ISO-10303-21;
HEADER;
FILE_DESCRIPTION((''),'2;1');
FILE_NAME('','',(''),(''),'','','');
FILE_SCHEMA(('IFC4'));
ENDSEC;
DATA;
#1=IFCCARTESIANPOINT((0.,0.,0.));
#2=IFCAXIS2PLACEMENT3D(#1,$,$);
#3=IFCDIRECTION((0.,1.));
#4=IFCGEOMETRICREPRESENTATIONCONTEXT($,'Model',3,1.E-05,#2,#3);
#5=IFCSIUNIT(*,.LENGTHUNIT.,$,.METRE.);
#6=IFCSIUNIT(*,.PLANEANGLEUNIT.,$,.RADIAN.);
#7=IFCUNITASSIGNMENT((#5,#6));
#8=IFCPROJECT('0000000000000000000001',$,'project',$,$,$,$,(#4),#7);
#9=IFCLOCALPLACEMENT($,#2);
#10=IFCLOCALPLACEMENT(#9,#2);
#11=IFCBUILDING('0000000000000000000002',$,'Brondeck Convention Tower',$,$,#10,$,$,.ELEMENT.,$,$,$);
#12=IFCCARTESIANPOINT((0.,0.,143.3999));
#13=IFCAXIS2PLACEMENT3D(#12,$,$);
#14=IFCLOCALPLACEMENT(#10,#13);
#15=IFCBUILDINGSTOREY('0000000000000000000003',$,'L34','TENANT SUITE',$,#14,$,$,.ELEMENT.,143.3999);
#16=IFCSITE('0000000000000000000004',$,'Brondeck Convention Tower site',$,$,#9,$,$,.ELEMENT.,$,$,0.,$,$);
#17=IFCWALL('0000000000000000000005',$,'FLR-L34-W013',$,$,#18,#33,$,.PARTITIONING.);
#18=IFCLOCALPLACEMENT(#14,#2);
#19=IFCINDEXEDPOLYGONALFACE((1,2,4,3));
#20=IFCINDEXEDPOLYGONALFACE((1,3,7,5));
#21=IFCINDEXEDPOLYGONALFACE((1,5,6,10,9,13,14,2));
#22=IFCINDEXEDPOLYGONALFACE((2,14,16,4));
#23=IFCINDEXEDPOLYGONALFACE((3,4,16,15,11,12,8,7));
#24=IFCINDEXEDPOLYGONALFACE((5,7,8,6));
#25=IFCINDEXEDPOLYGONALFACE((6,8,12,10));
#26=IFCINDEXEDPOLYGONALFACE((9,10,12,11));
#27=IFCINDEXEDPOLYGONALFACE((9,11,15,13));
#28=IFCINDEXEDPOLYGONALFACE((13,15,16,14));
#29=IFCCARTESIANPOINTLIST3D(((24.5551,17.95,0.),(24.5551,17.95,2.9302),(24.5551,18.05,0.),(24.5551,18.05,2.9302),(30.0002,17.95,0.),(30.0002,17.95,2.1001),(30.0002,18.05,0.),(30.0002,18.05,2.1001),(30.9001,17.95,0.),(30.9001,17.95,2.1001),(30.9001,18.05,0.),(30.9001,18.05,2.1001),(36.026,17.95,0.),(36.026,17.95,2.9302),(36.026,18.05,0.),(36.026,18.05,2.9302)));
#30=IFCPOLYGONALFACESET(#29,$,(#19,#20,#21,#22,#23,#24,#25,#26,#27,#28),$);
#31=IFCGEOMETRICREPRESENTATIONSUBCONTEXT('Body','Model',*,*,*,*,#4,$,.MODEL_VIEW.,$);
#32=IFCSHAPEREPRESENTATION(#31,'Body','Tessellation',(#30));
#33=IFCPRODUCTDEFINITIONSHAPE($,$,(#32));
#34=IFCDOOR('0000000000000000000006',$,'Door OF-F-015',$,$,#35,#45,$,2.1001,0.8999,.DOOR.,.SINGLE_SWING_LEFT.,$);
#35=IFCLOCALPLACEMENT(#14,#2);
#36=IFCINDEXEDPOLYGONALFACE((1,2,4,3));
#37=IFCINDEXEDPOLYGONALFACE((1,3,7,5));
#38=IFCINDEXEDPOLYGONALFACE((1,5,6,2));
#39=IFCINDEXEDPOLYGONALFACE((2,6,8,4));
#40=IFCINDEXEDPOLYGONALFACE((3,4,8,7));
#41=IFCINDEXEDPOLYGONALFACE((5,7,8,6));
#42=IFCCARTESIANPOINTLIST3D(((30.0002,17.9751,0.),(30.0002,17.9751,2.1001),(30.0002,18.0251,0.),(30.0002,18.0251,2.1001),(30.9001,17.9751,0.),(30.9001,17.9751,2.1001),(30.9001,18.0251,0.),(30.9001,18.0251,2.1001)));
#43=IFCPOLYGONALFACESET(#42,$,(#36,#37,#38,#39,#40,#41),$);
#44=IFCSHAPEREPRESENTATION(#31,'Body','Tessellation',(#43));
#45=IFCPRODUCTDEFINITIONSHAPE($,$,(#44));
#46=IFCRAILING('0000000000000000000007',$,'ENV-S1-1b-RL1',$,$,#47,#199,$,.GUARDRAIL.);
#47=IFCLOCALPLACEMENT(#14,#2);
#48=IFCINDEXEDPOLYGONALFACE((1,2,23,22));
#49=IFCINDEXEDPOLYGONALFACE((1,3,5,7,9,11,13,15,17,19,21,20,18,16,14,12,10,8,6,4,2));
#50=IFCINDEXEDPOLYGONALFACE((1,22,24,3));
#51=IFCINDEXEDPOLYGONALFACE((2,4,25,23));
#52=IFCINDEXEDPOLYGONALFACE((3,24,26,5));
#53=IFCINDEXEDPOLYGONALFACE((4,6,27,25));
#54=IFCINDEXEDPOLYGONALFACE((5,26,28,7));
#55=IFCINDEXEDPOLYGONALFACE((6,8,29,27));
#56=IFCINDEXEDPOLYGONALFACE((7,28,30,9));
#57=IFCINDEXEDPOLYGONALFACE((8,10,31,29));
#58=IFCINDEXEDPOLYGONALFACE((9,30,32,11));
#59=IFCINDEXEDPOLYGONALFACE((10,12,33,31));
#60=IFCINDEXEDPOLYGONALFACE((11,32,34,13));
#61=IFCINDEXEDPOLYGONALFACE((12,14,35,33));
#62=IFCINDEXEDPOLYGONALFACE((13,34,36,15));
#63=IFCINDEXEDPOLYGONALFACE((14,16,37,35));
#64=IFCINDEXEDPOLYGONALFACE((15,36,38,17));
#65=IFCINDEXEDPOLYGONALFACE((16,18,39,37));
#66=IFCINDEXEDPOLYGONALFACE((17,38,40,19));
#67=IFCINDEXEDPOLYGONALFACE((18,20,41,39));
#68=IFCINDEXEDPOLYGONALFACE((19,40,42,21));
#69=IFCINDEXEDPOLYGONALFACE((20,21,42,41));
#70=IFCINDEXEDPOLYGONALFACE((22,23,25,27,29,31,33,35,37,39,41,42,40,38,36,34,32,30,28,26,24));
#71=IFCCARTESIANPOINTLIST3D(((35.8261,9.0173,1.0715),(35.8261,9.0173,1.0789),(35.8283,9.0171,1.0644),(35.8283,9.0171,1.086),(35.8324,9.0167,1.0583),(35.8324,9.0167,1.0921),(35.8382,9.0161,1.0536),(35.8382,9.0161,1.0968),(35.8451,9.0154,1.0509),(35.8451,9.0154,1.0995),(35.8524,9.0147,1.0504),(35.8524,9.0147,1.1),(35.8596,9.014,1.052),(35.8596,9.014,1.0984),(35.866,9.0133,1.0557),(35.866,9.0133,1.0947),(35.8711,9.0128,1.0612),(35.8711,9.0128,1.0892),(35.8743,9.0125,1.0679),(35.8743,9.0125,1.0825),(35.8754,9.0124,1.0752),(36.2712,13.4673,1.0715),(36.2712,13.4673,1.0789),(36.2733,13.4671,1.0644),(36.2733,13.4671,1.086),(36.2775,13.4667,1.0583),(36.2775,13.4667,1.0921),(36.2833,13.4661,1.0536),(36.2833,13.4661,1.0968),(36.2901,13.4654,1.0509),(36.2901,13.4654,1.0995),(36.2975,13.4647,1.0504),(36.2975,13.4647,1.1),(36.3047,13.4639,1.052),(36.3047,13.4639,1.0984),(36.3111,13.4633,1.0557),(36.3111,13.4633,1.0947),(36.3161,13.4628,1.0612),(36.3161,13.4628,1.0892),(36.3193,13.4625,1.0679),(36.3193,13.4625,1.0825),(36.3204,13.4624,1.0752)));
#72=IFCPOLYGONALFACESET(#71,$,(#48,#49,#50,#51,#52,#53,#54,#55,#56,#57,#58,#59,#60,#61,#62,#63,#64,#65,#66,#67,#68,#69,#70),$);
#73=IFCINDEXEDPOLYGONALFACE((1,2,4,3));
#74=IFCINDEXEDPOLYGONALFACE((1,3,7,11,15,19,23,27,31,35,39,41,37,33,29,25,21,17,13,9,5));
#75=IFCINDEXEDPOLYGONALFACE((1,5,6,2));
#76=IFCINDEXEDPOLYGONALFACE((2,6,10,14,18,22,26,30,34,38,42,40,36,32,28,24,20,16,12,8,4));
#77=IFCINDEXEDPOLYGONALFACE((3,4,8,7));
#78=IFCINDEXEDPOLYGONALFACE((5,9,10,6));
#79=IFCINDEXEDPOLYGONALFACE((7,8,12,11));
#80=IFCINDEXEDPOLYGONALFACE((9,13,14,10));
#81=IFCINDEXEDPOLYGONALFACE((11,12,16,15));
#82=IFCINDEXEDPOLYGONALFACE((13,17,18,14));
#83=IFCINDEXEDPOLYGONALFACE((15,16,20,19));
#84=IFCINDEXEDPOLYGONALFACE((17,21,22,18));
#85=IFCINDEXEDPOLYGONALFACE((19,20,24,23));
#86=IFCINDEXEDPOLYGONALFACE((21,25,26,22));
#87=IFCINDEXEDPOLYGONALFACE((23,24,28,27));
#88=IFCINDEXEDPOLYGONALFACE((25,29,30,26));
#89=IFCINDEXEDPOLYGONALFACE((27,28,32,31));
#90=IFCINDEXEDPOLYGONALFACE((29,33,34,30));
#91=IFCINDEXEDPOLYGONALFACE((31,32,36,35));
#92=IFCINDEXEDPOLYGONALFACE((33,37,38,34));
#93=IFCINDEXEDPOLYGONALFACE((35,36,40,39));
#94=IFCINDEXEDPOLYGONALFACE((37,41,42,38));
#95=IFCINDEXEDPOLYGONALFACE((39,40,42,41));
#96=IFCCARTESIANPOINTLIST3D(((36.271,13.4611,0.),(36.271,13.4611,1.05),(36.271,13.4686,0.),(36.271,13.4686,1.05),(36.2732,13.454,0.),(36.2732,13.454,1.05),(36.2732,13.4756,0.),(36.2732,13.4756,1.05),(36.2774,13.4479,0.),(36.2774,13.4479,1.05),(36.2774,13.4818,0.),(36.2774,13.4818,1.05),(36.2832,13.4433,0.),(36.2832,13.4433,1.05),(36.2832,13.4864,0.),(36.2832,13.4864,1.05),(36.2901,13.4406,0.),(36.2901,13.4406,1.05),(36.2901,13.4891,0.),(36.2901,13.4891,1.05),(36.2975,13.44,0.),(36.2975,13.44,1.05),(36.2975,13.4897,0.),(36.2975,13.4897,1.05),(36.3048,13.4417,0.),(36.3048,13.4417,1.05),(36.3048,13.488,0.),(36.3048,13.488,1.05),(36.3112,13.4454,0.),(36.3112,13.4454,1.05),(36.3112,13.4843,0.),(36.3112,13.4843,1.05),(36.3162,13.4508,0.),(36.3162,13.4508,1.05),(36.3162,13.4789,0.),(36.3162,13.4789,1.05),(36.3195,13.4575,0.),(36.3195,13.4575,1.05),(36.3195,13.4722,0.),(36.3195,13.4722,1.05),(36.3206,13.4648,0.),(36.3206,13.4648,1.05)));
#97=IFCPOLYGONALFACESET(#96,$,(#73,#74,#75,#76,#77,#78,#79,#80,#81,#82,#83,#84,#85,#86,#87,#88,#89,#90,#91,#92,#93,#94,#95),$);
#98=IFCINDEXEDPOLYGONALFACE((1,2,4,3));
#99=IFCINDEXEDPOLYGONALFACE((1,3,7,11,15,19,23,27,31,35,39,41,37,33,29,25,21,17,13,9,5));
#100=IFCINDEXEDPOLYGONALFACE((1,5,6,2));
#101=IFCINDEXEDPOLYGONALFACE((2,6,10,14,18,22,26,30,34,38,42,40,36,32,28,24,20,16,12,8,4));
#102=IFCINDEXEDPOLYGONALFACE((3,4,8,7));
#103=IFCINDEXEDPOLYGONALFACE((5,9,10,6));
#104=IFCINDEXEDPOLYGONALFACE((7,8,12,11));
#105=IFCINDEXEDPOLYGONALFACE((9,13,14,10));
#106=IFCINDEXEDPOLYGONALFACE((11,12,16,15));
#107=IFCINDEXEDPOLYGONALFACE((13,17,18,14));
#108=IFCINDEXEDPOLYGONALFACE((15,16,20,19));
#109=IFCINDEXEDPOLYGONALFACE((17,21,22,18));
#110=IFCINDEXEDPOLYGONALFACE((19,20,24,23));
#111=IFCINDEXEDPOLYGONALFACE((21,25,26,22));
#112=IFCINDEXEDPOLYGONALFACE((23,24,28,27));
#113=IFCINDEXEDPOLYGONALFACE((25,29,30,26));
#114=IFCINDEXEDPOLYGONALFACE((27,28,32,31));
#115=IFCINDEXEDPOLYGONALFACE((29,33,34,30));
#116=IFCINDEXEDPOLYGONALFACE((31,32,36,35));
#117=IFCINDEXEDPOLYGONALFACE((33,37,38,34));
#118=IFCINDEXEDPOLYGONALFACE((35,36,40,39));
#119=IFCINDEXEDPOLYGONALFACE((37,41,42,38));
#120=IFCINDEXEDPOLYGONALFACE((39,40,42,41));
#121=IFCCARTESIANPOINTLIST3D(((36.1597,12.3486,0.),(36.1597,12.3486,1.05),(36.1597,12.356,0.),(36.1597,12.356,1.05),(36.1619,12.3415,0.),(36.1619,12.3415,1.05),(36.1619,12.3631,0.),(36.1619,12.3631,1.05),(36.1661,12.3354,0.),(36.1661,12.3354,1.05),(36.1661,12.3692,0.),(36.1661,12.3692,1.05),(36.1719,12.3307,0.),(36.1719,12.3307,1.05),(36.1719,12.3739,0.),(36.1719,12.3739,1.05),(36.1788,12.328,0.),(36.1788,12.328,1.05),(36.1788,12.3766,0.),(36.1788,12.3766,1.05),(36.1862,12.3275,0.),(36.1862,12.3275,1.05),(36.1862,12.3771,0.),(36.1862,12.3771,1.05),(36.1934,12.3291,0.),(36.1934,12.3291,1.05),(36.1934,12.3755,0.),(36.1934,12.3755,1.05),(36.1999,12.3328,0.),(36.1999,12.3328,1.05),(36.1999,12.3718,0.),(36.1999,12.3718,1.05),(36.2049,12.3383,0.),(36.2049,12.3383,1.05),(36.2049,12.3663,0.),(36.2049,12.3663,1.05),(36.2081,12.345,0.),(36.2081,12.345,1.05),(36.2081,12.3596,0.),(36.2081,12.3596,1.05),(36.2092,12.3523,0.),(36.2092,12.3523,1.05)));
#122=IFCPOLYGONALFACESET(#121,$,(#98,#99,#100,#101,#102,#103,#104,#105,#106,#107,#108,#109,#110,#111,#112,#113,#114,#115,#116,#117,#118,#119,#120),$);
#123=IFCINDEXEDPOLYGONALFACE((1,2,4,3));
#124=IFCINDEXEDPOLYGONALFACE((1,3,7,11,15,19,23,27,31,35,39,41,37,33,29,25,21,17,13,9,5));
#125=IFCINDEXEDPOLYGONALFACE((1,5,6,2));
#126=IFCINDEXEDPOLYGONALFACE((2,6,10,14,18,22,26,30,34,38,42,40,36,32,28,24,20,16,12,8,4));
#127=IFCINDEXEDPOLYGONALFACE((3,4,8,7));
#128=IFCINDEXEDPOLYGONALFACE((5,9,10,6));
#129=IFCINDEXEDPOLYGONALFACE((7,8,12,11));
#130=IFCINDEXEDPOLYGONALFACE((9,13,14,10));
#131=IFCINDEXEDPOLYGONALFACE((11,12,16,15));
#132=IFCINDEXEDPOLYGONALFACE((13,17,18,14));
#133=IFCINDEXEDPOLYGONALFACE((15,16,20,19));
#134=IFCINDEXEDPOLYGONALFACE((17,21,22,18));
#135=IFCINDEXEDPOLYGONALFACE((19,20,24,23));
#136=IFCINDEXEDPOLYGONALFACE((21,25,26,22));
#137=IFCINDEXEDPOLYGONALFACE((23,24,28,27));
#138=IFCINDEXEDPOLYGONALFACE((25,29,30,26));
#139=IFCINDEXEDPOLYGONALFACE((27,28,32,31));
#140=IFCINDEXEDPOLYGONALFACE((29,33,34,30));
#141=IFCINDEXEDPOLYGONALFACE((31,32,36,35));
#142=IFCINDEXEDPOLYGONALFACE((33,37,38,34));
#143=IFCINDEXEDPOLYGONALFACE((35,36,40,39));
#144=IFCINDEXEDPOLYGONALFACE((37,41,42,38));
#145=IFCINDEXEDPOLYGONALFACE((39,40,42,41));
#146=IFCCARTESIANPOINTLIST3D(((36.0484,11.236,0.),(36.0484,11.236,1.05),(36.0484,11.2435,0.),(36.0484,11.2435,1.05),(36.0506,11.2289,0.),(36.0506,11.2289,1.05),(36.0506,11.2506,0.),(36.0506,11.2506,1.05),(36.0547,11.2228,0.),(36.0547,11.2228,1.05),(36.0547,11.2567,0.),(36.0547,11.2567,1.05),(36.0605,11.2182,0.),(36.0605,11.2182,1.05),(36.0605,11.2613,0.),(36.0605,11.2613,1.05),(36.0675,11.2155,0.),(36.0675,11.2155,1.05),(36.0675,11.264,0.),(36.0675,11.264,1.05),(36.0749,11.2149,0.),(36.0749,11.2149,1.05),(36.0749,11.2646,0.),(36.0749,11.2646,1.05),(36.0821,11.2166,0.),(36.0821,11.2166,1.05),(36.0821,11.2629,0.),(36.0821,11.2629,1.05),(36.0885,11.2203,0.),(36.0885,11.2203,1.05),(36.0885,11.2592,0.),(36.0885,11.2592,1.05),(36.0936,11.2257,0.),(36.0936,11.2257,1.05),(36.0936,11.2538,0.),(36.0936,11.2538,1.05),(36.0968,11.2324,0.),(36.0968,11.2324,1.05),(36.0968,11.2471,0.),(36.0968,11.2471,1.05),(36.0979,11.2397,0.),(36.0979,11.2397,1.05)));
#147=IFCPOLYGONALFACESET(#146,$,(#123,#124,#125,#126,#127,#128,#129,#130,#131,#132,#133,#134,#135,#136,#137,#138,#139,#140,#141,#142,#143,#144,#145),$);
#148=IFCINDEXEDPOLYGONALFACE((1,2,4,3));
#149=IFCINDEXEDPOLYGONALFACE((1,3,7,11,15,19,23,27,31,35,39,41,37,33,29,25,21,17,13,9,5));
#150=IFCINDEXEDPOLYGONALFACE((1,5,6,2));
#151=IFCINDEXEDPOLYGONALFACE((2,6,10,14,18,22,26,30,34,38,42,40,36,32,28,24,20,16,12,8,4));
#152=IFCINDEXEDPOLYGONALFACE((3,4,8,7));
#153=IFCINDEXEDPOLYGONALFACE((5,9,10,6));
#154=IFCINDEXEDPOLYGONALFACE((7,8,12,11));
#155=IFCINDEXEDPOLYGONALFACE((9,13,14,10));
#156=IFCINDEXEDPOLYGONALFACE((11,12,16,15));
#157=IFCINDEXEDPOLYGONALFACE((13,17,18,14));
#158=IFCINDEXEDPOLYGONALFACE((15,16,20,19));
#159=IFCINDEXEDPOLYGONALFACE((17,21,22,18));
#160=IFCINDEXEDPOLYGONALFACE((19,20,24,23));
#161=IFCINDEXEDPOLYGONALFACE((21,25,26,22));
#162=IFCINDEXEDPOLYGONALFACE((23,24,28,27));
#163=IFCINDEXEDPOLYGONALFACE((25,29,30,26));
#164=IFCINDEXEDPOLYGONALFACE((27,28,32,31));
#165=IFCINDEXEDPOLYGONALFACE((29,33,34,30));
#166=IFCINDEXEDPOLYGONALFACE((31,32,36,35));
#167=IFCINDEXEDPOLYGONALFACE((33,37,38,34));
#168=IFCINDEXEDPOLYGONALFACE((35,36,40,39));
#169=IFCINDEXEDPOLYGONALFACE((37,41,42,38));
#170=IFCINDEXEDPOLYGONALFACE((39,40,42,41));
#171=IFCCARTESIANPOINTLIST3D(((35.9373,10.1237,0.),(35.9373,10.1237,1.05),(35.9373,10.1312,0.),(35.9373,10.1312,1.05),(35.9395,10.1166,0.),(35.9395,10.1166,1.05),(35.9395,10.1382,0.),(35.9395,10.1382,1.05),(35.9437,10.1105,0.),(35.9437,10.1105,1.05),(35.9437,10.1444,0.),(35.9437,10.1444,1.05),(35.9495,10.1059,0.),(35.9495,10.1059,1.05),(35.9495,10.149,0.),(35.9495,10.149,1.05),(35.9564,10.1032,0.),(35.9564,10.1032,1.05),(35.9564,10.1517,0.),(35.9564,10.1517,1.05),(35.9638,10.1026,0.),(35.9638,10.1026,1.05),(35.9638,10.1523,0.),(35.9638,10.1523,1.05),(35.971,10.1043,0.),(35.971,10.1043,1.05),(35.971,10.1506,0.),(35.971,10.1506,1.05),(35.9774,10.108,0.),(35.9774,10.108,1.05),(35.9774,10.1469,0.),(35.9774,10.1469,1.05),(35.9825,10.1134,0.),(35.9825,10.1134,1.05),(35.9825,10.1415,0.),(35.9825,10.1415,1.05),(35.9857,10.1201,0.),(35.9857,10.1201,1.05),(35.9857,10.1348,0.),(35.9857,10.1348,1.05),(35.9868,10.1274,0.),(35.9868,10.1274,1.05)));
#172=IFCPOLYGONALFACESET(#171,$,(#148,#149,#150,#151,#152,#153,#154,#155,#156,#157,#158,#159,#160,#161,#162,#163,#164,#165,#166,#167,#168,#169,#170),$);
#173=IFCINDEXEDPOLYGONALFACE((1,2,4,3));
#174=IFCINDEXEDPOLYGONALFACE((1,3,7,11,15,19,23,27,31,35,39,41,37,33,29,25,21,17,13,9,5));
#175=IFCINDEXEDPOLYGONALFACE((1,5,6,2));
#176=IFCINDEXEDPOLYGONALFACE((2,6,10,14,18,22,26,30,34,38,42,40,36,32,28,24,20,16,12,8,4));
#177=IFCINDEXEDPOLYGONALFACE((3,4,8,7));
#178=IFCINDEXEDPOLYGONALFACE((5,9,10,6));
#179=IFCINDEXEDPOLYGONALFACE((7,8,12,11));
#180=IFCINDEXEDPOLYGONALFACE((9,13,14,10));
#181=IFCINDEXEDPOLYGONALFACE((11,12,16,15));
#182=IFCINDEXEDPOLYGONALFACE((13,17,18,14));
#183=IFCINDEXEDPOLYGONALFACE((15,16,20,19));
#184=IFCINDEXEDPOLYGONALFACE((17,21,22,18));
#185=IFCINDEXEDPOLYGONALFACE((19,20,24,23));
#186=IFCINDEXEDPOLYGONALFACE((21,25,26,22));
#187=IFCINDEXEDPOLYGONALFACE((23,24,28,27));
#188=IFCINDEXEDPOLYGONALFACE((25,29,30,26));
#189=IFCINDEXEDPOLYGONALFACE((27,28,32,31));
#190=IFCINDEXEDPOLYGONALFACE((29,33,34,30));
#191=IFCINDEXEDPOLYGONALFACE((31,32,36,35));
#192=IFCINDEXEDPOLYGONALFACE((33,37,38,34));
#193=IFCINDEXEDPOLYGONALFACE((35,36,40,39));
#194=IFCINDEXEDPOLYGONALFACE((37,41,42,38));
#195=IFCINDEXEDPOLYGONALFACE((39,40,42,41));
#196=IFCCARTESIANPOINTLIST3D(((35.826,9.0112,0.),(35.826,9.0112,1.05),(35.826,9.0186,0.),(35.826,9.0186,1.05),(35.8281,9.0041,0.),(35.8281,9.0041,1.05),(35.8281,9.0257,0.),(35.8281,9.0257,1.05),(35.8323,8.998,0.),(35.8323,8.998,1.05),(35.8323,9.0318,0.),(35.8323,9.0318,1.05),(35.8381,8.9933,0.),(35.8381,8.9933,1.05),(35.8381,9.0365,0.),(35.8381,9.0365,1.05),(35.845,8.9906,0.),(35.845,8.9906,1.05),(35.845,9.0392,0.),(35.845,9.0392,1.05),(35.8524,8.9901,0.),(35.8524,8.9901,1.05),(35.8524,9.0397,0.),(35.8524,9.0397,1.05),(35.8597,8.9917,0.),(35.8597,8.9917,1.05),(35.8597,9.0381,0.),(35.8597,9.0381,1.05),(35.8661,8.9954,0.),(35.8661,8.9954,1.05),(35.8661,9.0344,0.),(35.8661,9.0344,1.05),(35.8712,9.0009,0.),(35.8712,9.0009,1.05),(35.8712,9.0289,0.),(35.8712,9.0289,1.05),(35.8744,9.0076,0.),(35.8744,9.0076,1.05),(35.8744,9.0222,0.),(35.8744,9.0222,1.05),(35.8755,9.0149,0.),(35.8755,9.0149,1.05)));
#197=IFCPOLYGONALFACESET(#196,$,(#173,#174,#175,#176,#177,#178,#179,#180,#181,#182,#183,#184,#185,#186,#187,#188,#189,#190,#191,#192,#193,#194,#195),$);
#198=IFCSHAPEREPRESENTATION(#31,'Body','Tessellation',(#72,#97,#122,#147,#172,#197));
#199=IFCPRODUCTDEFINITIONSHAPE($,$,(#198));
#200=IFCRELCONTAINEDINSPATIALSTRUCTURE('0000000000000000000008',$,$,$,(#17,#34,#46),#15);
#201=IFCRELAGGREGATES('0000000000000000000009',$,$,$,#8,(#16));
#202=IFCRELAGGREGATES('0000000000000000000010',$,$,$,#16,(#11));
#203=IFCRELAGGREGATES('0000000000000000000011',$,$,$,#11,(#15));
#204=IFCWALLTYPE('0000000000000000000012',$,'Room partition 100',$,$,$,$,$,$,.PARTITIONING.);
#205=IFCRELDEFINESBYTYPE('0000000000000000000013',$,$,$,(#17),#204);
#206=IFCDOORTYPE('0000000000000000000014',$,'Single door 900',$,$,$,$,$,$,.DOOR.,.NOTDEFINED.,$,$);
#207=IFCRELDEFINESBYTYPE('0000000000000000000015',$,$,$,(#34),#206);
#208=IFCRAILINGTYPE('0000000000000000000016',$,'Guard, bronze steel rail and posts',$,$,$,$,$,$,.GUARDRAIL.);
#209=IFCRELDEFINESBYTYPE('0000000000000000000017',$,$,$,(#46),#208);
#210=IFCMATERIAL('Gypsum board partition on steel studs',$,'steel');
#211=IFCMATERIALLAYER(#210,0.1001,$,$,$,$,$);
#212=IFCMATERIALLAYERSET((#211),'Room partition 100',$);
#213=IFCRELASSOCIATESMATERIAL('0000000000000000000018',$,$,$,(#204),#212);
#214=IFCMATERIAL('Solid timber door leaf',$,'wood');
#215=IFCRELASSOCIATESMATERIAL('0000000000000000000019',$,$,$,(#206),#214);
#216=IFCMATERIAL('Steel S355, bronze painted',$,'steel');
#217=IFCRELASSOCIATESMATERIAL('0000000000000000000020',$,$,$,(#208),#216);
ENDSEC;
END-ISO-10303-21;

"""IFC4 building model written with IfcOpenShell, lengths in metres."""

from ifc_helpers import new_model, si_unit, direction, frame, frame_2d, origin, origin_2d, place, context, subcontext, project, spatial, rectangle, circle, extrude, material, layer, layer_set, type_object, element, fill, save


model = new_model("IFC4")

# Units and contexts
model_context = context("Model", 3, precision=1e-05, world=origin(), true_north=direction((0.0, 1.0)))
body_context = subcontext(model_context, "Body", "Model", "MODEL_VIEW")
ifc_project = project(units=[si_unit("LENGTHUNIT", "METRE"), si_unit("PLANEANGLEUNIT", "RADIAN")], contexts=[model_context])

# Site, building, storey
site_placement = place(None, origin())
site = spatial("IfcSite", under=ifc_project, at=site_placement, Name="Brondeck Convention Tower site", CompositionType="ELEMENT", RefElevation=0.0)
building_placement = place(site_placement, origin())
building = spatial("IfcBuilding", under=site, at=building_placement, Name="Brondeck Convention Tower", CompositionType="ELEMENT")
storey_placement = place(building_placement, frame((0.0, 0.0, 143.3999)))
storey = spatial("IfcBuildingStorey", under=building, at=storey_placement, Name="L34", Description="TENANT SUITE", CompositionType="ELEMENT", Elevation=143.3999)

# Wall, opening, door
ifc_material_1 = material(Name="Gypsum board partition on steel studs", Category="steel")
ifc_layer_1 = layer(ifc_material_1, 0.1001)
ifc_layer_set_1 = layer_set([ifc_layer_1], Name="Room partition 100")
wall_type_1 = type_object("IfcWallType", Name="Room partition 100", PredefinedType="PARTITIONING", material=ifc_layer_set_1)
wall_1_placement = place(storey_placement, frame((36.0259, 18.0, 0.0), z_axis=(0.0, 0.0, 1.0), x_axis=(-1.0, 0.0, 0.0)))
wall_1 = element("IfcWall", 1, at=wall_1_placement, inside=storey, type_object=wall_type_1, Name="FLR-L34-W013", PredefinedType="PARTITIONING", context=body_context, shape_type="SweptSolid", body=[
    extrude(rectangle(XDim=11.4709, YDim=0.1001, at=frame_2d((5.7354, 0.0))), origin(), (0.0, 0.0, 1.0), 2.9302),
])
opening_1_placement = place(wall_1_placement, frame((5.1257, 0.0, 0.0)))
opening_1 = element("IfcOpeningElement", 2, at=opening_1_placement, cuts=wall_1, PredefinedType="OPENING", context=body_context, shape_type="SweptSolid", body=[
    extrude(rectangle(XDim=0.8999, YDim=2.1001, at=frame_2d((0.45, 1.05))), frame((0.0, 0.0601, 0.0), z_axis=(0.0, -1.0, 0.0), x_axis=(1.0, 0.0, 0.0)), (0.0, 0.0, 1.0), 0.1201),
])
ifc_material_2 = material(Name="Solid timber door leaf", Category="wood")
door_type_1 = type_object("IfcDoorType", Name="Single door 900", OperationType="NOTDEFINED", PredefinedType="DOOR", material=ifc_material_2)
door_1_placement = place(opening_1_placement, origin())
door_1 = element("IfcDoor", 3, at=door_1_placement, inside=storey, type_object=door_type_1, Name="Door OF-F-015", OperationType="SINGLE_SWING_LEFT", OverallHeight=2.1001, OverallWidth=0.8999, PredefinedType="DOOR", context=body_context, shape_type="SweptSolid", body=[
    extrude(rectangle(XDim=0.8999, YDim=2.1001, at=frame_2d((0.45, 1.05))), frame((0.0, 0.0249, 0.0), z_axis=(0.0, -1.0, 0.0), x_axis=(1.0, 0.0, 0.0)), (0.0, 0.0, 1.0), 0.05),
])
fill(opening_1, door_1)

# Railing
ifc_material_3 = material(Name="Steel S355, bronze painted", Category="steel")
railing_type = type_object("IfcRailingType", Name="Guard, bronze steel rail and posts", PredefinedType="GUARDRAIL", material=ifc_material_3)
railing_1_placement = place(storey_placement, frame((36.2957, 13.4648, 0.0)))
element("IfcRailing", 4, at=railing_1_placement, inside=storey, type_object=railing_type, Name="ENV-S1-1b-RL1", PredefinedType="GUARDRAIL", context=body_context, shape_type="SweptSolid", body=[
    extrude(circle(Radius=0.0249, at=origin_2d()), frame((0.0, 0.0, 1.0752), z_axis=(-0.09952, -0.995036, 0.0), x_axis=(0.995036, -0.09952, 0.0)), (0.0, 0.0, 1.0), 4.4722),
    extrude(circle(Radius=0.0249, at=origin_2d()), origin(), (0.0, 0.0, 1.0), 1.05),
    extrude(circle(Radius=0.0249, at=origin_2d()), frame((-0.1113, -1.1125, 0.0)), (0.0, 0.0, 1.0), 1.05),
    extrude(circle(Radius=0.0249, at=origin_2d()), frame((-0.2227, -2.2251, 0.0)), (0.0, 0.0, 1.0), 1.05),
    extrude(circle(Radius=0.0249, at=origin_2d()), frame((-0.3337, -3.3374, 0.0)), (0.0, 0.0, 1.0), 1.05),
    extrude(circle(Radius=0.0249, at=origin_2d()), frame((-0.4451, -4.45, 0.0)), (0.0, 0.0, 1.0), 1.05),
])

save(model, "model.ifc")
